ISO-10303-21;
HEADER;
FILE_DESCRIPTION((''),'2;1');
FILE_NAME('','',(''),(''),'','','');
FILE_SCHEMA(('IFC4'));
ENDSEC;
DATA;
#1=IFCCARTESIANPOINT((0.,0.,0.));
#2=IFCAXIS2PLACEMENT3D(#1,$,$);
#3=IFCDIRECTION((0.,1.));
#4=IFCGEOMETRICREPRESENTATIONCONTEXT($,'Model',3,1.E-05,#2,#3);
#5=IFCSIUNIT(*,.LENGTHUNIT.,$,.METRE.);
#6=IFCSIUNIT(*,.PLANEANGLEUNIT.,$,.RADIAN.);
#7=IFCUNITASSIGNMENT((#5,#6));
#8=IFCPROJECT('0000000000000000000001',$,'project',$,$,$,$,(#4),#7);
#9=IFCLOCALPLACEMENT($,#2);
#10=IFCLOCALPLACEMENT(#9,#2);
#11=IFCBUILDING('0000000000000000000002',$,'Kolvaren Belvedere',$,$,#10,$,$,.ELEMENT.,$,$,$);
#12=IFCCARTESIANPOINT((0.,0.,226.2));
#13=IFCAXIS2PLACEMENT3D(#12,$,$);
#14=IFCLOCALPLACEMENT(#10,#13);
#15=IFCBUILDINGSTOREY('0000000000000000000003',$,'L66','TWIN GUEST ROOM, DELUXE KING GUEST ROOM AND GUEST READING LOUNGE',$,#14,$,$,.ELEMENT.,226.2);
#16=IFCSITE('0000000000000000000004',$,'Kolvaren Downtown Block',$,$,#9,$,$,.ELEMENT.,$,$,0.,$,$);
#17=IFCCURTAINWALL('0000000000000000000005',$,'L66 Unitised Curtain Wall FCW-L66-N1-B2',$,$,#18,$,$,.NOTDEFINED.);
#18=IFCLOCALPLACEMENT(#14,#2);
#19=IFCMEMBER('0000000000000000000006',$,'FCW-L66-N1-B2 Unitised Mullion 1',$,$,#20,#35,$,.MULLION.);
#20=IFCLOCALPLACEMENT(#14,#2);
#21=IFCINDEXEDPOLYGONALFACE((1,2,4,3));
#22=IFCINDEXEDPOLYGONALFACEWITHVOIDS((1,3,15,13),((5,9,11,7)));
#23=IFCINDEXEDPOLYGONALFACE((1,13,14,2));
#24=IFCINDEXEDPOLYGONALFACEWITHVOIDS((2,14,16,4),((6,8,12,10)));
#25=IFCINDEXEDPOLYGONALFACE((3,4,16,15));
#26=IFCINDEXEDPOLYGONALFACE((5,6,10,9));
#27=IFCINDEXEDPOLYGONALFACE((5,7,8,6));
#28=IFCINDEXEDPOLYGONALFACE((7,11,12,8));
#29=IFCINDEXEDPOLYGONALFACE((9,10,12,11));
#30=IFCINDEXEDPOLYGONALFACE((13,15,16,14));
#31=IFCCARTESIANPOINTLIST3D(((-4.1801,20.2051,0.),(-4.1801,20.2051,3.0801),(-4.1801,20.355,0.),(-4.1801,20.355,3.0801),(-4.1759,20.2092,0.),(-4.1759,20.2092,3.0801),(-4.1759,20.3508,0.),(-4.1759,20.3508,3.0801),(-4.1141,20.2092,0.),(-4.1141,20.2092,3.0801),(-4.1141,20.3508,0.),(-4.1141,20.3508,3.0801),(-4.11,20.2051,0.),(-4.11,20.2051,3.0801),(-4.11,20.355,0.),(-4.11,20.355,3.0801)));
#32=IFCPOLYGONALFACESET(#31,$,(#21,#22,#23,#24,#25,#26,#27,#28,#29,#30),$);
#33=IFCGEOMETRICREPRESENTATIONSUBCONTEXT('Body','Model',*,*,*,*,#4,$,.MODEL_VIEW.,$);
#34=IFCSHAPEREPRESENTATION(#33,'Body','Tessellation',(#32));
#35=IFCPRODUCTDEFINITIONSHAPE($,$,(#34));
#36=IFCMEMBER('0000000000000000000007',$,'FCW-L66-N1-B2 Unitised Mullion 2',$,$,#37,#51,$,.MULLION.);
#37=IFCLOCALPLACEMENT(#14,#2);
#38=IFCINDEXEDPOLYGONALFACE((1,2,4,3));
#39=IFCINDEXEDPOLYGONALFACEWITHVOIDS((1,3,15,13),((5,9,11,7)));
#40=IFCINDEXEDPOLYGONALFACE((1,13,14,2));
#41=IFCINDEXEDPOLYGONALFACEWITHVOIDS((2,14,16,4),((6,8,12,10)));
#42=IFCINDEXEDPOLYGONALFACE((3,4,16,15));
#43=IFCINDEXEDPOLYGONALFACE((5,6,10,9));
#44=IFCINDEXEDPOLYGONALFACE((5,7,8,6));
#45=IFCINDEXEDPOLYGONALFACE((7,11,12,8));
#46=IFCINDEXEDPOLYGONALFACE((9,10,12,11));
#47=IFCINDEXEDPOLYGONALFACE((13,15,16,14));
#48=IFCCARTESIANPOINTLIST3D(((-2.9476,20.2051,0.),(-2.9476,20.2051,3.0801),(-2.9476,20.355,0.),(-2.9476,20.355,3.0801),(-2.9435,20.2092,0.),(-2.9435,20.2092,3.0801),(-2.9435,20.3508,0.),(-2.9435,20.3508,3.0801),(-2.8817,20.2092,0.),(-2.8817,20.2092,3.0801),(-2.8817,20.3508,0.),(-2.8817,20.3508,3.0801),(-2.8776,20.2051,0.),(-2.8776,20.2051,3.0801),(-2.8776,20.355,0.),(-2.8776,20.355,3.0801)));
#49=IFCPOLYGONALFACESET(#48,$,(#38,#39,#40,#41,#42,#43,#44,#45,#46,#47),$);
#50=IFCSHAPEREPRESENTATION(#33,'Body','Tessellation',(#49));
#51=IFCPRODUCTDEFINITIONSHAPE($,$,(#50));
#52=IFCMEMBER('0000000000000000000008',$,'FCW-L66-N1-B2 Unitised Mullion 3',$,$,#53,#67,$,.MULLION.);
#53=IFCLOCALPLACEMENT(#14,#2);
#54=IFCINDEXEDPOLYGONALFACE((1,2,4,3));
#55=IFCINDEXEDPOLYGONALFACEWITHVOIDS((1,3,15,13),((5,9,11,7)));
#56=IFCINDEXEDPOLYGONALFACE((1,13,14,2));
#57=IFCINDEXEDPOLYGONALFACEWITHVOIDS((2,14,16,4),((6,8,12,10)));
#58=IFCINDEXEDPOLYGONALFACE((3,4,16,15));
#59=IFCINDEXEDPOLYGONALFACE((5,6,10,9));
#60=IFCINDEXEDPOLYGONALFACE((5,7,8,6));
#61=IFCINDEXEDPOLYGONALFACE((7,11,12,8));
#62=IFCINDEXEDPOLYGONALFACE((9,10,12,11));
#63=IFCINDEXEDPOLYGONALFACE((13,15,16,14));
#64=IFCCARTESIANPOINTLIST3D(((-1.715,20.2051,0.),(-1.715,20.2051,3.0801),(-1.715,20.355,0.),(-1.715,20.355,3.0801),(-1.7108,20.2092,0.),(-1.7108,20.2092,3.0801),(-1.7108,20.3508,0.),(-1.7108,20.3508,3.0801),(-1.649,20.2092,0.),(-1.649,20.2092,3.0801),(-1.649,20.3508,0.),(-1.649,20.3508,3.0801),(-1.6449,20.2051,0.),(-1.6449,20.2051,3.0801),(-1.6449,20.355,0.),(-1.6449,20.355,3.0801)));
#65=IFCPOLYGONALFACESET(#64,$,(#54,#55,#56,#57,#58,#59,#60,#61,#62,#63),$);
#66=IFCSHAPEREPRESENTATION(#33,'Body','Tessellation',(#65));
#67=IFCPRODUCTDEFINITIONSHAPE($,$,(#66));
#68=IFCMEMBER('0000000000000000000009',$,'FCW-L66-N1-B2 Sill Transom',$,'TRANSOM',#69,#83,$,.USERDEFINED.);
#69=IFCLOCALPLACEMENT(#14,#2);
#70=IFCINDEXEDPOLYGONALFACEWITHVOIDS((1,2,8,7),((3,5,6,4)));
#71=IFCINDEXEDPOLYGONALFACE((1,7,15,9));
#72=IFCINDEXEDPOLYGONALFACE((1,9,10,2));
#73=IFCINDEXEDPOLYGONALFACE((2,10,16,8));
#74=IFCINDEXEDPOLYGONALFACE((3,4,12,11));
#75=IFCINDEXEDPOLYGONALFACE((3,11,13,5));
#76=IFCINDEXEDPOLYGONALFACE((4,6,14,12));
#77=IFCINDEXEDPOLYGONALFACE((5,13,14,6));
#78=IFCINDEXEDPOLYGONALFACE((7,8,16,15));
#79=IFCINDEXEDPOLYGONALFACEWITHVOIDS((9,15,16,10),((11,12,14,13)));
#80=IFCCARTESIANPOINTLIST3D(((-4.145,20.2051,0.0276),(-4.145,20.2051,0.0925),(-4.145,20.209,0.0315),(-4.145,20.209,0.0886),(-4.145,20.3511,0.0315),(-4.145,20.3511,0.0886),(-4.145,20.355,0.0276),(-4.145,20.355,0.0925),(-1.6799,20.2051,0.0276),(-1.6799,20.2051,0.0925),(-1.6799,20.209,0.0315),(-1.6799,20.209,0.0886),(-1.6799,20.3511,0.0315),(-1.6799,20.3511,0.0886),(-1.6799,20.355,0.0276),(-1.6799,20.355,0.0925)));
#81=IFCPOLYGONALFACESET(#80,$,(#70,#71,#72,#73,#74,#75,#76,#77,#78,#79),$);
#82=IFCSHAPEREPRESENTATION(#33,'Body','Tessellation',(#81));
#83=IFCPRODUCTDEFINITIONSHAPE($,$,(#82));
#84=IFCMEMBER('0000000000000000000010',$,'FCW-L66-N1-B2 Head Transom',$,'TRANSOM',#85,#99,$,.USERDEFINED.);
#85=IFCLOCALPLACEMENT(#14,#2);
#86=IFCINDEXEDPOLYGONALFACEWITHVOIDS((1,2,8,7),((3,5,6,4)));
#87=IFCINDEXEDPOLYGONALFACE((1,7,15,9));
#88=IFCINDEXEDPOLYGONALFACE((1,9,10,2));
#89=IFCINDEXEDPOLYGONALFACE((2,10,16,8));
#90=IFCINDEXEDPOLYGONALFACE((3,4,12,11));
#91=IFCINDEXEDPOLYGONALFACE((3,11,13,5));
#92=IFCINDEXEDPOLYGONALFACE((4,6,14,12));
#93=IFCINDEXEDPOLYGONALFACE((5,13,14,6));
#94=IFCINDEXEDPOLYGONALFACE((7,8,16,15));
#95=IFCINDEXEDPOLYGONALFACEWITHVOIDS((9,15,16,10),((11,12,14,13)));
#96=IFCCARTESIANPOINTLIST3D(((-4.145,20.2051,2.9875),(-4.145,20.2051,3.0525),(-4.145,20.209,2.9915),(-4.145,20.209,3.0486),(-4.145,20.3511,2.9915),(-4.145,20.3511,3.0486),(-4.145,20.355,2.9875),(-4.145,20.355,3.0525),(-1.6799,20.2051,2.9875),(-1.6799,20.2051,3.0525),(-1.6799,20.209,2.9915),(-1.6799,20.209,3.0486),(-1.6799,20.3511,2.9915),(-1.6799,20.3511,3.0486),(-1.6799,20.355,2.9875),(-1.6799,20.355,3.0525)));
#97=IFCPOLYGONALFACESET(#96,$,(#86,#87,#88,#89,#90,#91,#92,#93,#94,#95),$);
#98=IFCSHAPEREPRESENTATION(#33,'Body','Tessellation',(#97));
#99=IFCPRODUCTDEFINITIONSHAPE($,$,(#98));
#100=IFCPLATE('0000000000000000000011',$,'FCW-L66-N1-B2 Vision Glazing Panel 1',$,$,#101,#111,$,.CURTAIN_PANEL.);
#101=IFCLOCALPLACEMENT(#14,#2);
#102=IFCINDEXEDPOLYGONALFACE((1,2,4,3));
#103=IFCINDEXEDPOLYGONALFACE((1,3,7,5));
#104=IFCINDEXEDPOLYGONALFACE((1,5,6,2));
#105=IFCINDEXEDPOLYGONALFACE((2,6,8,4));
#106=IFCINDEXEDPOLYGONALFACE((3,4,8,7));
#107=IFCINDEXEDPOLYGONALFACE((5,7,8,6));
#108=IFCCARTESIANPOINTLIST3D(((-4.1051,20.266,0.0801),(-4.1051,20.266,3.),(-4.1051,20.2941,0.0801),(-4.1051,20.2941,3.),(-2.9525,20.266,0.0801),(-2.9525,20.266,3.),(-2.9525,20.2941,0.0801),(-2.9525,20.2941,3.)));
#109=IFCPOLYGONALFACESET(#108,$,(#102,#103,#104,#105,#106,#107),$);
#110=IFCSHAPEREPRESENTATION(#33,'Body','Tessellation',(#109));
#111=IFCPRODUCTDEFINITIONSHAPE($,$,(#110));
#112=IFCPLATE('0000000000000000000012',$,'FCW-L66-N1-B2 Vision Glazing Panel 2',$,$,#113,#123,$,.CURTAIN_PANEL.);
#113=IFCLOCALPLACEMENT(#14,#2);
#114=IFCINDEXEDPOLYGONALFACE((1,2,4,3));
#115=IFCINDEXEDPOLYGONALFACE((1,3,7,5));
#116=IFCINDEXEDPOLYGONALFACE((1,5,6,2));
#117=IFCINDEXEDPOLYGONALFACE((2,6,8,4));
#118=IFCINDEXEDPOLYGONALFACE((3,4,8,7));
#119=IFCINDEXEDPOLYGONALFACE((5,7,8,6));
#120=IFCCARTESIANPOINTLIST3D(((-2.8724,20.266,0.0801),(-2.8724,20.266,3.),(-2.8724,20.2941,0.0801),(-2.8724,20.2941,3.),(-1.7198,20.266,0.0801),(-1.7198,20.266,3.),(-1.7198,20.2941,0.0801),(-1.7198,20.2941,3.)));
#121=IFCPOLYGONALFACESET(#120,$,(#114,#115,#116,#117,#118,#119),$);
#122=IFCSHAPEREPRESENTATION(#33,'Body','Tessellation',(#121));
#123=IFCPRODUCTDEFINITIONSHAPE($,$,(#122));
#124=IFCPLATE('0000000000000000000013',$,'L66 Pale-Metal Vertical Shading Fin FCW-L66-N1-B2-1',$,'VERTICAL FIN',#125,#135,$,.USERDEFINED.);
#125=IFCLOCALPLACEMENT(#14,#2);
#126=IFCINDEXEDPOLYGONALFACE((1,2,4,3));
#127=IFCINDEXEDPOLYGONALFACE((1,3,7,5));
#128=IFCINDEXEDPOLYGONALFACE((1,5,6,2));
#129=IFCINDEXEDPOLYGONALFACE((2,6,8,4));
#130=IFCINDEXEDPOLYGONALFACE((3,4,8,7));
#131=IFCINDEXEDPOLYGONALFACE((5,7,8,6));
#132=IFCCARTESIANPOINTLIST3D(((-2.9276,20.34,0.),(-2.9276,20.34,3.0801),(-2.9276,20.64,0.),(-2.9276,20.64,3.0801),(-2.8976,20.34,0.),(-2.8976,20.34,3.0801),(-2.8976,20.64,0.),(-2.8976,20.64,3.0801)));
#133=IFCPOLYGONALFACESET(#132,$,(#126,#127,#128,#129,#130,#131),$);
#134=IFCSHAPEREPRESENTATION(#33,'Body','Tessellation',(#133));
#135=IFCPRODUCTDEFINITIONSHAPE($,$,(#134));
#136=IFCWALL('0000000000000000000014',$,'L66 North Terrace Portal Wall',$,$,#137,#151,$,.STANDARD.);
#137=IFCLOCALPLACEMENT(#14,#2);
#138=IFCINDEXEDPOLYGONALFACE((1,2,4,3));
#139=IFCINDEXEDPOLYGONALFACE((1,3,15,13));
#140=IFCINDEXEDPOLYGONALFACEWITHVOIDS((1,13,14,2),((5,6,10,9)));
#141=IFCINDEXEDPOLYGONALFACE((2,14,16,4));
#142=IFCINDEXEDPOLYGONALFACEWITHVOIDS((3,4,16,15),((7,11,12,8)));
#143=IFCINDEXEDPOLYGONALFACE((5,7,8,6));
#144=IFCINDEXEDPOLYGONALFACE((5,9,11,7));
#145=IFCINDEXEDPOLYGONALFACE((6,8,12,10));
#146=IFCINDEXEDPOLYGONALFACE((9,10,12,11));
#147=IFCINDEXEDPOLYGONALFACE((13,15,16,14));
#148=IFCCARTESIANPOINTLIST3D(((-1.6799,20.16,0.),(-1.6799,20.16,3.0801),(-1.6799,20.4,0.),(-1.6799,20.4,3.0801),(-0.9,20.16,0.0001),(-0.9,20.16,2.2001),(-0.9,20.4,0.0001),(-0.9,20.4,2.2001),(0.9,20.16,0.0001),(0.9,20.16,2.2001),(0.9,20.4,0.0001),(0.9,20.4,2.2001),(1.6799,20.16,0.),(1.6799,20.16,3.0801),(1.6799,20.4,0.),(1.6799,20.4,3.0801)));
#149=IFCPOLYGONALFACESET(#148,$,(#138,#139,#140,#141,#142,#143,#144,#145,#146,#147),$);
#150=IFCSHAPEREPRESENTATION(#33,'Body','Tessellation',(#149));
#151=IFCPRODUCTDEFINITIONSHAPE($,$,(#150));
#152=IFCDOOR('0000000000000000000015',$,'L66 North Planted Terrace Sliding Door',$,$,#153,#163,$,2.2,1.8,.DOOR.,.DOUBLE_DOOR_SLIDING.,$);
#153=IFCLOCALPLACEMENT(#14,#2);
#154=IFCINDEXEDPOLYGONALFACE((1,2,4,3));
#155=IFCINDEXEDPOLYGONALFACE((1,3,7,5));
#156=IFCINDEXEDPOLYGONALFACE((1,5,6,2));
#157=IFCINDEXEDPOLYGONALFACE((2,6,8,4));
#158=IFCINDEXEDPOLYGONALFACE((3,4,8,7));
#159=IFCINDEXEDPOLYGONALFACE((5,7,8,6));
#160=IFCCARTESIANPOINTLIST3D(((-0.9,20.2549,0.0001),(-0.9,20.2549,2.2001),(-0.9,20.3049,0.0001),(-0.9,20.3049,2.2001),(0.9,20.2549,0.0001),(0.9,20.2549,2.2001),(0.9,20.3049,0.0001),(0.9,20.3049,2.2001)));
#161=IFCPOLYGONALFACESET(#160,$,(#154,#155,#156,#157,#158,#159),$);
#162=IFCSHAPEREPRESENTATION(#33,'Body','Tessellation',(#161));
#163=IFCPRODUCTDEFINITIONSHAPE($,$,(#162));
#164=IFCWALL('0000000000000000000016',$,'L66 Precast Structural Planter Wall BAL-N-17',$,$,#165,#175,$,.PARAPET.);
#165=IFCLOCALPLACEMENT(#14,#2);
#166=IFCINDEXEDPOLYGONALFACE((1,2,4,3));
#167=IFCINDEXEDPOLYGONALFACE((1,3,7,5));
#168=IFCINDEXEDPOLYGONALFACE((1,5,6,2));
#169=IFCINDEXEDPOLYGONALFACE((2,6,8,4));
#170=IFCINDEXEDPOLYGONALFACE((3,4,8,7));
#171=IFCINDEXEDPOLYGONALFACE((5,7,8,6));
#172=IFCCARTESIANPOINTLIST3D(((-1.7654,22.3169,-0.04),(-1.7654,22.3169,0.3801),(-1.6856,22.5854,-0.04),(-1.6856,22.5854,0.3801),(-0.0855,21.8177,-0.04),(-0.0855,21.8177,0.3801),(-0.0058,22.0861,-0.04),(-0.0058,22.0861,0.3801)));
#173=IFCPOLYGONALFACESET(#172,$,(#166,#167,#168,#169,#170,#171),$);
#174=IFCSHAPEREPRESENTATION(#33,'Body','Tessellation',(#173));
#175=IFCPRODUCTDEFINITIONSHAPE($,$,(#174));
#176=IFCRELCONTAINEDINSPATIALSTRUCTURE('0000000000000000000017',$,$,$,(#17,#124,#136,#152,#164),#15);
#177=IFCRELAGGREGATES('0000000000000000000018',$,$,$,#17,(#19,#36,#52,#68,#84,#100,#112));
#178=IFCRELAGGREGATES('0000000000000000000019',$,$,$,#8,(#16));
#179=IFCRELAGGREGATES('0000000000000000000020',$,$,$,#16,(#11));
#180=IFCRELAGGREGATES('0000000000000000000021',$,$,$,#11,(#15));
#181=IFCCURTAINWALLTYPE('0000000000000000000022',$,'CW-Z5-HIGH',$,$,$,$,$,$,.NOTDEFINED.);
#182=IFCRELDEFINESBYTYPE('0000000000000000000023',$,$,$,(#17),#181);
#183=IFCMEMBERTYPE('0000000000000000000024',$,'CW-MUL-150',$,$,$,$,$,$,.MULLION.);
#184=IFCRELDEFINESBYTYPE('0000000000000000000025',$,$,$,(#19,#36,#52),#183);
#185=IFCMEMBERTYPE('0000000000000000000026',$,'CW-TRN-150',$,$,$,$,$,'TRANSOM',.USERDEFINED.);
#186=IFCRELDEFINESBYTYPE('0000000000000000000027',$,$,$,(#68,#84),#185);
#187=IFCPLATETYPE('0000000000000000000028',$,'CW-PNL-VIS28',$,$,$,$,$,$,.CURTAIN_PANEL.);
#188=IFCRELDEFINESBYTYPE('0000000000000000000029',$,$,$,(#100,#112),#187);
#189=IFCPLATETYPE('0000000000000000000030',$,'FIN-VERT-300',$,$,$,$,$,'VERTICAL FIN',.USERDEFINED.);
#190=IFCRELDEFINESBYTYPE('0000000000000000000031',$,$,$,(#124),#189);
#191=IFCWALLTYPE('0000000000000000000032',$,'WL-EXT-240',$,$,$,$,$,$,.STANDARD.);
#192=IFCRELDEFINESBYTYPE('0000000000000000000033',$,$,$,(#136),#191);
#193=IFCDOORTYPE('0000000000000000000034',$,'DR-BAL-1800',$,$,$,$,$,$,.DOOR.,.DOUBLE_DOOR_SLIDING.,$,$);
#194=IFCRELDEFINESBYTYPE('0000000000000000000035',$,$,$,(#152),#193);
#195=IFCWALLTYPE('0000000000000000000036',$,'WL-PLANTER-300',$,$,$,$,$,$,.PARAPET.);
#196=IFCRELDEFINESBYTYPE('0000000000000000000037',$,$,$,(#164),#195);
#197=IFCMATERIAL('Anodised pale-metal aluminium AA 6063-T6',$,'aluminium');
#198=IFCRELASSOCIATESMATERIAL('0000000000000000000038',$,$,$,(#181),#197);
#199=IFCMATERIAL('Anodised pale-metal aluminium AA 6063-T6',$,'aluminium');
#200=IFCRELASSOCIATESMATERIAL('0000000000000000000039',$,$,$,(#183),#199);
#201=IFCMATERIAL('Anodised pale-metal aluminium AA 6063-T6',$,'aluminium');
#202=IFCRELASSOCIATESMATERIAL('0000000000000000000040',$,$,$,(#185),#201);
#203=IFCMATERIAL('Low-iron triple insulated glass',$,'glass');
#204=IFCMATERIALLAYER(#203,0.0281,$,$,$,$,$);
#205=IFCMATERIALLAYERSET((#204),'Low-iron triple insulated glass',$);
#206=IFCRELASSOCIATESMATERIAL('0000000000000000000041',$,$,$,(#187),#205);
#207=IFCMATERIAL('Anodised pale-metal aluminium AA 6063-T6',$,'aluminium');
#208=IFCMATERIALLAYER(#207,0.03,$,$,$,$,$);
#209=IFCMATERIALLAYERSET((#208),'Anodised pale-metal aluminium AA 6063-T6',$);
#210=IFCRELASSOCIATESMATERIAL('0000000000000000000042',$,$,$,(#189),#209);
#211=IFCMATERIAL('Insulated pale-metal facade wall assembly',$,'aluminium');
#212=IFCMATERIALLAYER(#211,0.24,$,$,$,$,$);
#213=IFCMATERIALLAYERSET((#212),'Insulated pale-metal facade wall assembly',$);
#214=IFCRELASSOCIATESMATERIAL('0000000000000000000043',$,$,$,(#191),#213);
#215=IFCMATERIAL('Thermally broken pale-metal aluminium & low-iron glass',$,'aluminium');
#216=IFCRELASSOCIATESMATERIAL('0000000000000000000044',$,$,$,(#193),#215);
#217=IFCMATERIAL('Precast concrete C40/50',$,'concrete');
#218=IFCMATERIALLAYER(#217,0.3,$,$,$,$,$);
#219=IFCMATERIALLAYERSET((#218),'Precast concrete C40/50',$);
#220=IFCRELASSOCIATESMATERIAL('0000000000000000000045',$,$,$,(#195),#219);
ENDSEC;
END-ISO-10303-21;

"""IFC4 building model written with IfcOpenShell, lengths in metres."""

from ifc_helpers import new_model, si_unit, direction, frame, frame_2d, origin, origin_2d, place, context, subcontext, project, spatial, rectangle, hollow_rectangle, extrude, material, layer, layer_set, material_profile, profile_set, type_object, element, fill, aggregate, save


model = new_model("IFC4")

# Units and contexts
model_context = context("Model", 3, precision=1e-05, world=origin(), true_north=direction((0.0, 1.0)))
body_context = subcontext(model_context, "Body", "Model", "MODEL_VIEW")
ifc_project = project(units=[si_unit("LENGTHUNIT", "METRE"), si_unit("PLANEANGLEUNIT", "RADIAN")], contexts=[model_context])

# Site, building, storey
site_placement = place(None, origin())
site = spatial("IfcSite", under=ifc_project, at=site_placement, Name="Kolvaren Downtown Block", CompositionType="ELEMENT", RefElevation=0.0)
building_placement = place(site_placement, origin())
building = spatial("IfcBuilding", under=site, at=building_placement, Name="Kolvaren Belvedere", CompositionType="ELEMENT")
storey_placement = place(building_placement, frame((0.0, 0.0, 226.2)))
storey = spatial("IfcBuildingStorey", under=building, at=storey_placement, Name="L66", Description="TWIN GUEST ROOM, DELUXE KING GUEST ROOM AND GUEST READING LOUNGE", CompositionType="ELEMENT", Elevation=226.2)

# Shared definitions
ifc_material_1 = material(Name="Anodised pale-metal aluminium AA 6063-T6", Category="aluminium")
curtain_wall_type = type_object("IfcCurtainWallType", Name="CW-Z5-HIGH", PredefinedType="NOTDEFINED", material=ifc_material_1)
ifc_material_2 = material(Name="Anodised pale-metal aluminium AA 6063-T6", Category="aluminium")
ifc_material_profile_1 = material_profile(ifc_material_2, hollow_rectangle(XDim=0.0701, YDim=0.1499, WallThickness=0.0042, at=origin_2d()), Name="ALU-MUL-150X70")
ifc_profile_set_1 = profile_set([ifc_material_profile_1], Name="Anodised pale-metal aluminium AA 6063-T6")
member_type_1 = type_object("IfcMemberType", Name="CW-MUL-150", PredefinedType="MULLION", material=ifc_profile_set_1)

# Curtain wall, members, plates
curtain_wall_1_placement = place(storey_placement, origin())
curtain_wall_1 = element("IfcCurtainWall", 1, at=curtain_wall_1_placement, inside=storey, type_object=curtain_wall_type, Name="L66 Unitised Curtain Wall FCW-L66-N1-B2", PredefinedType="NOTDEFINED")
member_1_placement = place(storey_placement, frame((-4.145, 20.28, 0.0), z_axis=(0.0, 0.0, 1.0), x_axis=(1.0, 0.0, 0.0)))
member_1 = element("IfcMember", 2, at=member_1_placement, type_object=member_type_1, Name="FCW-L66-N1-B2 Unitised Mullion 1", PredefinedType="MULLION", context=body_context, shape_type="SweptSolid", body=[
    extrude(hollow_rectangle(XDim=0.0701, YDim=0.1499, WallThickness=0.0042, at=origin_2d()), origin(), (0.0, 0.0, 1.0), 3.0801),
])
member_2_placement = place(storey_placement, frame((-2.9126, 20.28, 0.0), z_axis=(0.0, 0.0, 1.0), x_axis=(1.0, 0.0, 0.0)))
member_2 = element("IfcMember", 3, at=member_2_placement, type_object=member_type_1, Name="FCW-L66-N1-B2 Unitised Mullion 2", PredefinedType="MULLION", context=body_context, shape_type="SweptSolid", body=[
    extrude(hollow_rectangle(XDim=0.0701, YDim=0.1499, WallThickness=0.0042, at=origin_2d()), origin(), (0.0, 0.0, 1.0), 3.0801),
])
member_3_placement = place(storey_placement, frame((-1.6799, 20.28, 0.0), z_axis=(0.0, 0.0, 1.0), x_axis=(1.0, 0.0, 0.0)))
member_3 = element("IfcMember", 4, at=member_3_placement, type_object=member_type_1, Name="FCW-L66-N1-B2 Unitised Mullion 3", PredefinedType="MULLION", context=body_context, shape_type="SweptSolid", body=[
    extrude(hollow_rectangle(XDim=0.0701, YDim=0.1499, WallThickness=0.0042, at=origin_2d()), origin(), (0.0, 0.0, 1.0), 3.0801),
])
ifc_material_3 = material(Name="Anodised pale-metal aluminium AA 6063-T6", Category="aluminium")
ifc_material_profile_2 = material_profile(ifc_material_3, hollow_rectangle(XDim=0.0649, YDim=0.1499, WallThickness=0.0039, at=origin_2d()), Name="ALU-TRN-150X65")
ifc_profile_set_2 = profile_set([ifc_material_profile_2], Name="Anodised pale-metal aluminium AA 6063-T6")
member_type_2 = type_object("IfcMemberType", Name="CW-TRN-150", ElementType="TRANSOM", PredefinedType="USERDEFINED", material=ifc_profile_set_2)
member_4_placement = place(storey_placement, frame((-4.145, 20.28, 0.0601), z_axis=(1.0, 0.0, 0.0), x_axis=(0.0, 0.0, 1.0)))
member_4 = element("IfcMember", 5, at=member_4_placement, type_object=member_type_2, Name="FCW-L66-N1-B2 Sill Transom", ObjectType="TRANSOM", PredefinedType="USERDEFINED", context=body_context, shape_type="SweptSolid", body=[
    extrude(hollow_rectangle(XDim=0.0649, YDim=0.1499, WallThickness=0.0039, at=origin_2d()), origin(), (0.0, 0.0, 1.0), 2.4651),
])
member_5_placement = place(storey_placement, frame((-4.145, 20.28, 3.02), z_axis=(1.0, 0.0, 0.0), x_axis=(0.0, 0.0, 1.0)))
member_5 = element("IfcMember", 6, at=member_5_placement, type_object=member_type_2, Name="FCW-L66-N1-B2 Head Transom", ObjectType="TRANSOM", PredefinedType="USERDEFINED", context=body_context, shape_type="SweptSolid", body=[
    extrude(hollow_rectangle(XDim=0.0649, YDim=0.1499, WallThickness=0.0039, at=origin_2d()), origin(), (0.0, 0.0, 1.0), 2.4651),
])
ifc_material_4 = material(Name="Low-iron triple insulated glass", Category="glass")
ifc_layer_1 = layer(ifc_material_4, 0.0281)
ifc_layer_set_1 = layer_set([ifc_layer_1], Name="Low-iron triple insulated glass")
plate_type_1 = type_object("IfcPlateType", Name="CW-PNL-VIS28", PredefinedType="CURTAIN_PANEL", material=ifc_layer_set_1)
plate_1_placement = place(storey_placement, frame((-3.5288, 20.28, 0.0801), z_axis=(0.0, 0.0, 1.0), x_axis=(1.0, 0.0, 0.0)))
plate_1 = element("IfcPlate", 7, at=plate_1_placement, type_object=plate_type_1, Name="FCW-L66-N1-B2 Vision Glazing Panel 1", PredefinedType="CURTAIN_PANEL", context=body_context, shape_type="SweptSolid", body=[
    extrude(rectangle(XDim=1.1526, YDim=0.0281, at=origin_2d()), origin(), (0.0, 0.0, 1.0), 2.9199),
])
plate_2_placement = place(storey_placement, frame((-2.2961, 20.28, 0.0801), z_axis=(0.0, 0.0, 1.0), x_axis=(1.0, 0.0, 0.0)))
plate_2 = element("IfcPlate", 8, at=plate_2_placement, type_object=plate_type_1, Name="FCW-L66-N1-B2 Vision Glazing Panel 2", PredefinedType="CURTAIN_PANEL", context=body_context, shape_type="SweptSolid", body=[
    extrude(rectangle(XDim=1.1526, YDim=0.0281, at=origin_2d()), origin(), (0.0, 0.0, 1.0), 2.9199),
])
aggregate(curtain_wall_1, [member_1, member_2, member_3, member_4, member_5, plate_1, plate_2])

# Plate
ifc_material_5 = material(Name="Anodised pale-metal aluminium AA 6063-T6", Category="aluminium")
ifc_layer_2 = layer(ifc_material_5, 0.03)
ifc_layer_set_2 = layer_set([ifc_layer_2], Name="Anodised pale-metal aluminium AA 6063-T6")
plate_type_2 = type_object("IfcPlateType", Name="FIN-VERT-300", ElementType="VERTICAL FIN", PredefinedType="USERDEFINED", material=ifc_layer_set_2)
plate_3_placement = place(storey_placement, frame((-2.9126, 20.49, 0.0), z_axis=(0.0, 0.0, 1.0), x_axis=(0.0, 1.0, 0.0)))
element("IfcPlate", 9, at=plate_3_placement, inside=storey, type_object=plate_type_2, Name="L66 Pale-Metal Vertical Shading Fin FCW-L66-N1-B2-1", ObjectType="VERTICAL FIN", PredefinedType="USERDEFINED", context=body_context, shape_type="SweptSolid", body=[
    extrude(rectangle(XDim=0.3, YDim=0.03, at=origin_2d()), origin(), (0.0, 0.0, 1.0), 3.0801),
])

# Wall, opening, door
ifc_material_6 = material(Name="Insulated pale-metal facade wall assembly", Category="aluminium")
ifc_layer_3 = layer(ifc_material_6, 0.24)
ifc_layer_set_3 = layer_set([ifc_layer_3], Name="Insulated pale-metal facade wall assembly")
wall_type_1 = type_object("IfcWallType", Name="WL-EXT-240", PredefinedType="STANDARD", material=ifc_layer_set_3)
wall_1_placement = place(storey_placement, frame((-1.6799, 20.28, 0.0), z_axis=(0.0, 0.0, 1.0), x_axis=(1.0, 0.0, 0.0)))
wall_1 = element("IfcWall", 10, at=wall_1_placement, inside=storey, type_object=wall_type_1, Name="L66 North Terrace Portal Wall", PredefinedType="STANDARD", context=body_context, shape_type="SweptSolid", body=[
    extrude(rectangle(XDim=3.3599, YDim=0.24, at=frame_2d((1.6799, 0.0))), origin(), (0.0, 0.0, 1.0), 3.0801),
])
opening_1_placement = place(wall_1_placement, frame((0.78, 0.0, 0.0)))
opening_1 = element("IfcOpeningElement", 11, at=opening_1_placement, cuts=wall_1, PredefinedType="OPENING", context=body_context, shape_type="SweptSolid", body=[
    extrude(rectangle(XDim=1.8, YDim=2.2, at=frame_2d((0.8999, 1.1001))), frame((0.0, 0.1299, 0.0), z_axis=(0.0, -1.0, 0.0), x_axis=(1.0, 0.0, 0.0)), (0.0, 0.0, 1.0), 0.26),
])
ifc_material_7 = material(Name="Thermally broken pale-metal aluminium & low-iron glass", Category="aluminium")
door_type_1 = type_object("IfcDoorType", Name="DR-BAL-1800", OperationType="DOUBLE_DOOR_SLIDING", PredefinedType="DOOR", material=ifc_material_7)
door_1_placement = place(opening_1_placement, origin())
door_1 = element("IfcDoor", 12, at=door_1_placement, inside=storey, type_object=door_type_1, Name="L66 North Planted Terrace Sliding Door", OperationType="DOUBLE_DOOR_SLIDING", OverallHeight=2.2, OverallWidth=1.8, PredefinedType="DOOR", context=body_context, shape_type="SweptSolid", body=[
    extrude(rectangle(XDim=1.8, YDim=2.2, at=frame_2d((0.8999, 1.1001))), frame((0.0, 0.0249, 0.0), z_axis=(0.0, -1.0, 0.0), x_axis=(1.0, 0.0, 0.0)), (0.0, 0.0, 1.0), 0.05),
])
fill(opening_1, door_1)

# Wall
ifc_material_8 = material(Name="Precast concrete C40/50", Category="concrete")
ifc_layer_4 = layer(ifc_material_8, 0.3)
ifc_layer_set_4 = layer_set([ifc_layer_4], Name="Precast concrete C40/50")
wall_type_2 = type_object("IfcWallType", Name="WL-PLANTER-300", PredefinedType="PARAPET", material=ifc_layer_set_4)
wall_2_placement = place(storey_placement, frame((-0.0457, 21.9519, -0.04), z_axis=(0.0, 0.0, 1.0), x_axis=(-0.958563, 0.28488, 0.0)))
element("IfcWall", 13, at=wall_2_placement, inside=storey, type_object=wall_type_2, Name="L66 Precast Structural Planter Wall BAL-N-17", PredefinedType="PARAPET", context=body_context, shape_type="SweptSolid", body=[
    extrude(rectangle(XDim=1.7524, YDim=0.28, at=frame_2d((0.8762, 0.0))), origin(), (0.0, 0.0, 1.0), 0.4202),
])

save(model, "model.ifc")
